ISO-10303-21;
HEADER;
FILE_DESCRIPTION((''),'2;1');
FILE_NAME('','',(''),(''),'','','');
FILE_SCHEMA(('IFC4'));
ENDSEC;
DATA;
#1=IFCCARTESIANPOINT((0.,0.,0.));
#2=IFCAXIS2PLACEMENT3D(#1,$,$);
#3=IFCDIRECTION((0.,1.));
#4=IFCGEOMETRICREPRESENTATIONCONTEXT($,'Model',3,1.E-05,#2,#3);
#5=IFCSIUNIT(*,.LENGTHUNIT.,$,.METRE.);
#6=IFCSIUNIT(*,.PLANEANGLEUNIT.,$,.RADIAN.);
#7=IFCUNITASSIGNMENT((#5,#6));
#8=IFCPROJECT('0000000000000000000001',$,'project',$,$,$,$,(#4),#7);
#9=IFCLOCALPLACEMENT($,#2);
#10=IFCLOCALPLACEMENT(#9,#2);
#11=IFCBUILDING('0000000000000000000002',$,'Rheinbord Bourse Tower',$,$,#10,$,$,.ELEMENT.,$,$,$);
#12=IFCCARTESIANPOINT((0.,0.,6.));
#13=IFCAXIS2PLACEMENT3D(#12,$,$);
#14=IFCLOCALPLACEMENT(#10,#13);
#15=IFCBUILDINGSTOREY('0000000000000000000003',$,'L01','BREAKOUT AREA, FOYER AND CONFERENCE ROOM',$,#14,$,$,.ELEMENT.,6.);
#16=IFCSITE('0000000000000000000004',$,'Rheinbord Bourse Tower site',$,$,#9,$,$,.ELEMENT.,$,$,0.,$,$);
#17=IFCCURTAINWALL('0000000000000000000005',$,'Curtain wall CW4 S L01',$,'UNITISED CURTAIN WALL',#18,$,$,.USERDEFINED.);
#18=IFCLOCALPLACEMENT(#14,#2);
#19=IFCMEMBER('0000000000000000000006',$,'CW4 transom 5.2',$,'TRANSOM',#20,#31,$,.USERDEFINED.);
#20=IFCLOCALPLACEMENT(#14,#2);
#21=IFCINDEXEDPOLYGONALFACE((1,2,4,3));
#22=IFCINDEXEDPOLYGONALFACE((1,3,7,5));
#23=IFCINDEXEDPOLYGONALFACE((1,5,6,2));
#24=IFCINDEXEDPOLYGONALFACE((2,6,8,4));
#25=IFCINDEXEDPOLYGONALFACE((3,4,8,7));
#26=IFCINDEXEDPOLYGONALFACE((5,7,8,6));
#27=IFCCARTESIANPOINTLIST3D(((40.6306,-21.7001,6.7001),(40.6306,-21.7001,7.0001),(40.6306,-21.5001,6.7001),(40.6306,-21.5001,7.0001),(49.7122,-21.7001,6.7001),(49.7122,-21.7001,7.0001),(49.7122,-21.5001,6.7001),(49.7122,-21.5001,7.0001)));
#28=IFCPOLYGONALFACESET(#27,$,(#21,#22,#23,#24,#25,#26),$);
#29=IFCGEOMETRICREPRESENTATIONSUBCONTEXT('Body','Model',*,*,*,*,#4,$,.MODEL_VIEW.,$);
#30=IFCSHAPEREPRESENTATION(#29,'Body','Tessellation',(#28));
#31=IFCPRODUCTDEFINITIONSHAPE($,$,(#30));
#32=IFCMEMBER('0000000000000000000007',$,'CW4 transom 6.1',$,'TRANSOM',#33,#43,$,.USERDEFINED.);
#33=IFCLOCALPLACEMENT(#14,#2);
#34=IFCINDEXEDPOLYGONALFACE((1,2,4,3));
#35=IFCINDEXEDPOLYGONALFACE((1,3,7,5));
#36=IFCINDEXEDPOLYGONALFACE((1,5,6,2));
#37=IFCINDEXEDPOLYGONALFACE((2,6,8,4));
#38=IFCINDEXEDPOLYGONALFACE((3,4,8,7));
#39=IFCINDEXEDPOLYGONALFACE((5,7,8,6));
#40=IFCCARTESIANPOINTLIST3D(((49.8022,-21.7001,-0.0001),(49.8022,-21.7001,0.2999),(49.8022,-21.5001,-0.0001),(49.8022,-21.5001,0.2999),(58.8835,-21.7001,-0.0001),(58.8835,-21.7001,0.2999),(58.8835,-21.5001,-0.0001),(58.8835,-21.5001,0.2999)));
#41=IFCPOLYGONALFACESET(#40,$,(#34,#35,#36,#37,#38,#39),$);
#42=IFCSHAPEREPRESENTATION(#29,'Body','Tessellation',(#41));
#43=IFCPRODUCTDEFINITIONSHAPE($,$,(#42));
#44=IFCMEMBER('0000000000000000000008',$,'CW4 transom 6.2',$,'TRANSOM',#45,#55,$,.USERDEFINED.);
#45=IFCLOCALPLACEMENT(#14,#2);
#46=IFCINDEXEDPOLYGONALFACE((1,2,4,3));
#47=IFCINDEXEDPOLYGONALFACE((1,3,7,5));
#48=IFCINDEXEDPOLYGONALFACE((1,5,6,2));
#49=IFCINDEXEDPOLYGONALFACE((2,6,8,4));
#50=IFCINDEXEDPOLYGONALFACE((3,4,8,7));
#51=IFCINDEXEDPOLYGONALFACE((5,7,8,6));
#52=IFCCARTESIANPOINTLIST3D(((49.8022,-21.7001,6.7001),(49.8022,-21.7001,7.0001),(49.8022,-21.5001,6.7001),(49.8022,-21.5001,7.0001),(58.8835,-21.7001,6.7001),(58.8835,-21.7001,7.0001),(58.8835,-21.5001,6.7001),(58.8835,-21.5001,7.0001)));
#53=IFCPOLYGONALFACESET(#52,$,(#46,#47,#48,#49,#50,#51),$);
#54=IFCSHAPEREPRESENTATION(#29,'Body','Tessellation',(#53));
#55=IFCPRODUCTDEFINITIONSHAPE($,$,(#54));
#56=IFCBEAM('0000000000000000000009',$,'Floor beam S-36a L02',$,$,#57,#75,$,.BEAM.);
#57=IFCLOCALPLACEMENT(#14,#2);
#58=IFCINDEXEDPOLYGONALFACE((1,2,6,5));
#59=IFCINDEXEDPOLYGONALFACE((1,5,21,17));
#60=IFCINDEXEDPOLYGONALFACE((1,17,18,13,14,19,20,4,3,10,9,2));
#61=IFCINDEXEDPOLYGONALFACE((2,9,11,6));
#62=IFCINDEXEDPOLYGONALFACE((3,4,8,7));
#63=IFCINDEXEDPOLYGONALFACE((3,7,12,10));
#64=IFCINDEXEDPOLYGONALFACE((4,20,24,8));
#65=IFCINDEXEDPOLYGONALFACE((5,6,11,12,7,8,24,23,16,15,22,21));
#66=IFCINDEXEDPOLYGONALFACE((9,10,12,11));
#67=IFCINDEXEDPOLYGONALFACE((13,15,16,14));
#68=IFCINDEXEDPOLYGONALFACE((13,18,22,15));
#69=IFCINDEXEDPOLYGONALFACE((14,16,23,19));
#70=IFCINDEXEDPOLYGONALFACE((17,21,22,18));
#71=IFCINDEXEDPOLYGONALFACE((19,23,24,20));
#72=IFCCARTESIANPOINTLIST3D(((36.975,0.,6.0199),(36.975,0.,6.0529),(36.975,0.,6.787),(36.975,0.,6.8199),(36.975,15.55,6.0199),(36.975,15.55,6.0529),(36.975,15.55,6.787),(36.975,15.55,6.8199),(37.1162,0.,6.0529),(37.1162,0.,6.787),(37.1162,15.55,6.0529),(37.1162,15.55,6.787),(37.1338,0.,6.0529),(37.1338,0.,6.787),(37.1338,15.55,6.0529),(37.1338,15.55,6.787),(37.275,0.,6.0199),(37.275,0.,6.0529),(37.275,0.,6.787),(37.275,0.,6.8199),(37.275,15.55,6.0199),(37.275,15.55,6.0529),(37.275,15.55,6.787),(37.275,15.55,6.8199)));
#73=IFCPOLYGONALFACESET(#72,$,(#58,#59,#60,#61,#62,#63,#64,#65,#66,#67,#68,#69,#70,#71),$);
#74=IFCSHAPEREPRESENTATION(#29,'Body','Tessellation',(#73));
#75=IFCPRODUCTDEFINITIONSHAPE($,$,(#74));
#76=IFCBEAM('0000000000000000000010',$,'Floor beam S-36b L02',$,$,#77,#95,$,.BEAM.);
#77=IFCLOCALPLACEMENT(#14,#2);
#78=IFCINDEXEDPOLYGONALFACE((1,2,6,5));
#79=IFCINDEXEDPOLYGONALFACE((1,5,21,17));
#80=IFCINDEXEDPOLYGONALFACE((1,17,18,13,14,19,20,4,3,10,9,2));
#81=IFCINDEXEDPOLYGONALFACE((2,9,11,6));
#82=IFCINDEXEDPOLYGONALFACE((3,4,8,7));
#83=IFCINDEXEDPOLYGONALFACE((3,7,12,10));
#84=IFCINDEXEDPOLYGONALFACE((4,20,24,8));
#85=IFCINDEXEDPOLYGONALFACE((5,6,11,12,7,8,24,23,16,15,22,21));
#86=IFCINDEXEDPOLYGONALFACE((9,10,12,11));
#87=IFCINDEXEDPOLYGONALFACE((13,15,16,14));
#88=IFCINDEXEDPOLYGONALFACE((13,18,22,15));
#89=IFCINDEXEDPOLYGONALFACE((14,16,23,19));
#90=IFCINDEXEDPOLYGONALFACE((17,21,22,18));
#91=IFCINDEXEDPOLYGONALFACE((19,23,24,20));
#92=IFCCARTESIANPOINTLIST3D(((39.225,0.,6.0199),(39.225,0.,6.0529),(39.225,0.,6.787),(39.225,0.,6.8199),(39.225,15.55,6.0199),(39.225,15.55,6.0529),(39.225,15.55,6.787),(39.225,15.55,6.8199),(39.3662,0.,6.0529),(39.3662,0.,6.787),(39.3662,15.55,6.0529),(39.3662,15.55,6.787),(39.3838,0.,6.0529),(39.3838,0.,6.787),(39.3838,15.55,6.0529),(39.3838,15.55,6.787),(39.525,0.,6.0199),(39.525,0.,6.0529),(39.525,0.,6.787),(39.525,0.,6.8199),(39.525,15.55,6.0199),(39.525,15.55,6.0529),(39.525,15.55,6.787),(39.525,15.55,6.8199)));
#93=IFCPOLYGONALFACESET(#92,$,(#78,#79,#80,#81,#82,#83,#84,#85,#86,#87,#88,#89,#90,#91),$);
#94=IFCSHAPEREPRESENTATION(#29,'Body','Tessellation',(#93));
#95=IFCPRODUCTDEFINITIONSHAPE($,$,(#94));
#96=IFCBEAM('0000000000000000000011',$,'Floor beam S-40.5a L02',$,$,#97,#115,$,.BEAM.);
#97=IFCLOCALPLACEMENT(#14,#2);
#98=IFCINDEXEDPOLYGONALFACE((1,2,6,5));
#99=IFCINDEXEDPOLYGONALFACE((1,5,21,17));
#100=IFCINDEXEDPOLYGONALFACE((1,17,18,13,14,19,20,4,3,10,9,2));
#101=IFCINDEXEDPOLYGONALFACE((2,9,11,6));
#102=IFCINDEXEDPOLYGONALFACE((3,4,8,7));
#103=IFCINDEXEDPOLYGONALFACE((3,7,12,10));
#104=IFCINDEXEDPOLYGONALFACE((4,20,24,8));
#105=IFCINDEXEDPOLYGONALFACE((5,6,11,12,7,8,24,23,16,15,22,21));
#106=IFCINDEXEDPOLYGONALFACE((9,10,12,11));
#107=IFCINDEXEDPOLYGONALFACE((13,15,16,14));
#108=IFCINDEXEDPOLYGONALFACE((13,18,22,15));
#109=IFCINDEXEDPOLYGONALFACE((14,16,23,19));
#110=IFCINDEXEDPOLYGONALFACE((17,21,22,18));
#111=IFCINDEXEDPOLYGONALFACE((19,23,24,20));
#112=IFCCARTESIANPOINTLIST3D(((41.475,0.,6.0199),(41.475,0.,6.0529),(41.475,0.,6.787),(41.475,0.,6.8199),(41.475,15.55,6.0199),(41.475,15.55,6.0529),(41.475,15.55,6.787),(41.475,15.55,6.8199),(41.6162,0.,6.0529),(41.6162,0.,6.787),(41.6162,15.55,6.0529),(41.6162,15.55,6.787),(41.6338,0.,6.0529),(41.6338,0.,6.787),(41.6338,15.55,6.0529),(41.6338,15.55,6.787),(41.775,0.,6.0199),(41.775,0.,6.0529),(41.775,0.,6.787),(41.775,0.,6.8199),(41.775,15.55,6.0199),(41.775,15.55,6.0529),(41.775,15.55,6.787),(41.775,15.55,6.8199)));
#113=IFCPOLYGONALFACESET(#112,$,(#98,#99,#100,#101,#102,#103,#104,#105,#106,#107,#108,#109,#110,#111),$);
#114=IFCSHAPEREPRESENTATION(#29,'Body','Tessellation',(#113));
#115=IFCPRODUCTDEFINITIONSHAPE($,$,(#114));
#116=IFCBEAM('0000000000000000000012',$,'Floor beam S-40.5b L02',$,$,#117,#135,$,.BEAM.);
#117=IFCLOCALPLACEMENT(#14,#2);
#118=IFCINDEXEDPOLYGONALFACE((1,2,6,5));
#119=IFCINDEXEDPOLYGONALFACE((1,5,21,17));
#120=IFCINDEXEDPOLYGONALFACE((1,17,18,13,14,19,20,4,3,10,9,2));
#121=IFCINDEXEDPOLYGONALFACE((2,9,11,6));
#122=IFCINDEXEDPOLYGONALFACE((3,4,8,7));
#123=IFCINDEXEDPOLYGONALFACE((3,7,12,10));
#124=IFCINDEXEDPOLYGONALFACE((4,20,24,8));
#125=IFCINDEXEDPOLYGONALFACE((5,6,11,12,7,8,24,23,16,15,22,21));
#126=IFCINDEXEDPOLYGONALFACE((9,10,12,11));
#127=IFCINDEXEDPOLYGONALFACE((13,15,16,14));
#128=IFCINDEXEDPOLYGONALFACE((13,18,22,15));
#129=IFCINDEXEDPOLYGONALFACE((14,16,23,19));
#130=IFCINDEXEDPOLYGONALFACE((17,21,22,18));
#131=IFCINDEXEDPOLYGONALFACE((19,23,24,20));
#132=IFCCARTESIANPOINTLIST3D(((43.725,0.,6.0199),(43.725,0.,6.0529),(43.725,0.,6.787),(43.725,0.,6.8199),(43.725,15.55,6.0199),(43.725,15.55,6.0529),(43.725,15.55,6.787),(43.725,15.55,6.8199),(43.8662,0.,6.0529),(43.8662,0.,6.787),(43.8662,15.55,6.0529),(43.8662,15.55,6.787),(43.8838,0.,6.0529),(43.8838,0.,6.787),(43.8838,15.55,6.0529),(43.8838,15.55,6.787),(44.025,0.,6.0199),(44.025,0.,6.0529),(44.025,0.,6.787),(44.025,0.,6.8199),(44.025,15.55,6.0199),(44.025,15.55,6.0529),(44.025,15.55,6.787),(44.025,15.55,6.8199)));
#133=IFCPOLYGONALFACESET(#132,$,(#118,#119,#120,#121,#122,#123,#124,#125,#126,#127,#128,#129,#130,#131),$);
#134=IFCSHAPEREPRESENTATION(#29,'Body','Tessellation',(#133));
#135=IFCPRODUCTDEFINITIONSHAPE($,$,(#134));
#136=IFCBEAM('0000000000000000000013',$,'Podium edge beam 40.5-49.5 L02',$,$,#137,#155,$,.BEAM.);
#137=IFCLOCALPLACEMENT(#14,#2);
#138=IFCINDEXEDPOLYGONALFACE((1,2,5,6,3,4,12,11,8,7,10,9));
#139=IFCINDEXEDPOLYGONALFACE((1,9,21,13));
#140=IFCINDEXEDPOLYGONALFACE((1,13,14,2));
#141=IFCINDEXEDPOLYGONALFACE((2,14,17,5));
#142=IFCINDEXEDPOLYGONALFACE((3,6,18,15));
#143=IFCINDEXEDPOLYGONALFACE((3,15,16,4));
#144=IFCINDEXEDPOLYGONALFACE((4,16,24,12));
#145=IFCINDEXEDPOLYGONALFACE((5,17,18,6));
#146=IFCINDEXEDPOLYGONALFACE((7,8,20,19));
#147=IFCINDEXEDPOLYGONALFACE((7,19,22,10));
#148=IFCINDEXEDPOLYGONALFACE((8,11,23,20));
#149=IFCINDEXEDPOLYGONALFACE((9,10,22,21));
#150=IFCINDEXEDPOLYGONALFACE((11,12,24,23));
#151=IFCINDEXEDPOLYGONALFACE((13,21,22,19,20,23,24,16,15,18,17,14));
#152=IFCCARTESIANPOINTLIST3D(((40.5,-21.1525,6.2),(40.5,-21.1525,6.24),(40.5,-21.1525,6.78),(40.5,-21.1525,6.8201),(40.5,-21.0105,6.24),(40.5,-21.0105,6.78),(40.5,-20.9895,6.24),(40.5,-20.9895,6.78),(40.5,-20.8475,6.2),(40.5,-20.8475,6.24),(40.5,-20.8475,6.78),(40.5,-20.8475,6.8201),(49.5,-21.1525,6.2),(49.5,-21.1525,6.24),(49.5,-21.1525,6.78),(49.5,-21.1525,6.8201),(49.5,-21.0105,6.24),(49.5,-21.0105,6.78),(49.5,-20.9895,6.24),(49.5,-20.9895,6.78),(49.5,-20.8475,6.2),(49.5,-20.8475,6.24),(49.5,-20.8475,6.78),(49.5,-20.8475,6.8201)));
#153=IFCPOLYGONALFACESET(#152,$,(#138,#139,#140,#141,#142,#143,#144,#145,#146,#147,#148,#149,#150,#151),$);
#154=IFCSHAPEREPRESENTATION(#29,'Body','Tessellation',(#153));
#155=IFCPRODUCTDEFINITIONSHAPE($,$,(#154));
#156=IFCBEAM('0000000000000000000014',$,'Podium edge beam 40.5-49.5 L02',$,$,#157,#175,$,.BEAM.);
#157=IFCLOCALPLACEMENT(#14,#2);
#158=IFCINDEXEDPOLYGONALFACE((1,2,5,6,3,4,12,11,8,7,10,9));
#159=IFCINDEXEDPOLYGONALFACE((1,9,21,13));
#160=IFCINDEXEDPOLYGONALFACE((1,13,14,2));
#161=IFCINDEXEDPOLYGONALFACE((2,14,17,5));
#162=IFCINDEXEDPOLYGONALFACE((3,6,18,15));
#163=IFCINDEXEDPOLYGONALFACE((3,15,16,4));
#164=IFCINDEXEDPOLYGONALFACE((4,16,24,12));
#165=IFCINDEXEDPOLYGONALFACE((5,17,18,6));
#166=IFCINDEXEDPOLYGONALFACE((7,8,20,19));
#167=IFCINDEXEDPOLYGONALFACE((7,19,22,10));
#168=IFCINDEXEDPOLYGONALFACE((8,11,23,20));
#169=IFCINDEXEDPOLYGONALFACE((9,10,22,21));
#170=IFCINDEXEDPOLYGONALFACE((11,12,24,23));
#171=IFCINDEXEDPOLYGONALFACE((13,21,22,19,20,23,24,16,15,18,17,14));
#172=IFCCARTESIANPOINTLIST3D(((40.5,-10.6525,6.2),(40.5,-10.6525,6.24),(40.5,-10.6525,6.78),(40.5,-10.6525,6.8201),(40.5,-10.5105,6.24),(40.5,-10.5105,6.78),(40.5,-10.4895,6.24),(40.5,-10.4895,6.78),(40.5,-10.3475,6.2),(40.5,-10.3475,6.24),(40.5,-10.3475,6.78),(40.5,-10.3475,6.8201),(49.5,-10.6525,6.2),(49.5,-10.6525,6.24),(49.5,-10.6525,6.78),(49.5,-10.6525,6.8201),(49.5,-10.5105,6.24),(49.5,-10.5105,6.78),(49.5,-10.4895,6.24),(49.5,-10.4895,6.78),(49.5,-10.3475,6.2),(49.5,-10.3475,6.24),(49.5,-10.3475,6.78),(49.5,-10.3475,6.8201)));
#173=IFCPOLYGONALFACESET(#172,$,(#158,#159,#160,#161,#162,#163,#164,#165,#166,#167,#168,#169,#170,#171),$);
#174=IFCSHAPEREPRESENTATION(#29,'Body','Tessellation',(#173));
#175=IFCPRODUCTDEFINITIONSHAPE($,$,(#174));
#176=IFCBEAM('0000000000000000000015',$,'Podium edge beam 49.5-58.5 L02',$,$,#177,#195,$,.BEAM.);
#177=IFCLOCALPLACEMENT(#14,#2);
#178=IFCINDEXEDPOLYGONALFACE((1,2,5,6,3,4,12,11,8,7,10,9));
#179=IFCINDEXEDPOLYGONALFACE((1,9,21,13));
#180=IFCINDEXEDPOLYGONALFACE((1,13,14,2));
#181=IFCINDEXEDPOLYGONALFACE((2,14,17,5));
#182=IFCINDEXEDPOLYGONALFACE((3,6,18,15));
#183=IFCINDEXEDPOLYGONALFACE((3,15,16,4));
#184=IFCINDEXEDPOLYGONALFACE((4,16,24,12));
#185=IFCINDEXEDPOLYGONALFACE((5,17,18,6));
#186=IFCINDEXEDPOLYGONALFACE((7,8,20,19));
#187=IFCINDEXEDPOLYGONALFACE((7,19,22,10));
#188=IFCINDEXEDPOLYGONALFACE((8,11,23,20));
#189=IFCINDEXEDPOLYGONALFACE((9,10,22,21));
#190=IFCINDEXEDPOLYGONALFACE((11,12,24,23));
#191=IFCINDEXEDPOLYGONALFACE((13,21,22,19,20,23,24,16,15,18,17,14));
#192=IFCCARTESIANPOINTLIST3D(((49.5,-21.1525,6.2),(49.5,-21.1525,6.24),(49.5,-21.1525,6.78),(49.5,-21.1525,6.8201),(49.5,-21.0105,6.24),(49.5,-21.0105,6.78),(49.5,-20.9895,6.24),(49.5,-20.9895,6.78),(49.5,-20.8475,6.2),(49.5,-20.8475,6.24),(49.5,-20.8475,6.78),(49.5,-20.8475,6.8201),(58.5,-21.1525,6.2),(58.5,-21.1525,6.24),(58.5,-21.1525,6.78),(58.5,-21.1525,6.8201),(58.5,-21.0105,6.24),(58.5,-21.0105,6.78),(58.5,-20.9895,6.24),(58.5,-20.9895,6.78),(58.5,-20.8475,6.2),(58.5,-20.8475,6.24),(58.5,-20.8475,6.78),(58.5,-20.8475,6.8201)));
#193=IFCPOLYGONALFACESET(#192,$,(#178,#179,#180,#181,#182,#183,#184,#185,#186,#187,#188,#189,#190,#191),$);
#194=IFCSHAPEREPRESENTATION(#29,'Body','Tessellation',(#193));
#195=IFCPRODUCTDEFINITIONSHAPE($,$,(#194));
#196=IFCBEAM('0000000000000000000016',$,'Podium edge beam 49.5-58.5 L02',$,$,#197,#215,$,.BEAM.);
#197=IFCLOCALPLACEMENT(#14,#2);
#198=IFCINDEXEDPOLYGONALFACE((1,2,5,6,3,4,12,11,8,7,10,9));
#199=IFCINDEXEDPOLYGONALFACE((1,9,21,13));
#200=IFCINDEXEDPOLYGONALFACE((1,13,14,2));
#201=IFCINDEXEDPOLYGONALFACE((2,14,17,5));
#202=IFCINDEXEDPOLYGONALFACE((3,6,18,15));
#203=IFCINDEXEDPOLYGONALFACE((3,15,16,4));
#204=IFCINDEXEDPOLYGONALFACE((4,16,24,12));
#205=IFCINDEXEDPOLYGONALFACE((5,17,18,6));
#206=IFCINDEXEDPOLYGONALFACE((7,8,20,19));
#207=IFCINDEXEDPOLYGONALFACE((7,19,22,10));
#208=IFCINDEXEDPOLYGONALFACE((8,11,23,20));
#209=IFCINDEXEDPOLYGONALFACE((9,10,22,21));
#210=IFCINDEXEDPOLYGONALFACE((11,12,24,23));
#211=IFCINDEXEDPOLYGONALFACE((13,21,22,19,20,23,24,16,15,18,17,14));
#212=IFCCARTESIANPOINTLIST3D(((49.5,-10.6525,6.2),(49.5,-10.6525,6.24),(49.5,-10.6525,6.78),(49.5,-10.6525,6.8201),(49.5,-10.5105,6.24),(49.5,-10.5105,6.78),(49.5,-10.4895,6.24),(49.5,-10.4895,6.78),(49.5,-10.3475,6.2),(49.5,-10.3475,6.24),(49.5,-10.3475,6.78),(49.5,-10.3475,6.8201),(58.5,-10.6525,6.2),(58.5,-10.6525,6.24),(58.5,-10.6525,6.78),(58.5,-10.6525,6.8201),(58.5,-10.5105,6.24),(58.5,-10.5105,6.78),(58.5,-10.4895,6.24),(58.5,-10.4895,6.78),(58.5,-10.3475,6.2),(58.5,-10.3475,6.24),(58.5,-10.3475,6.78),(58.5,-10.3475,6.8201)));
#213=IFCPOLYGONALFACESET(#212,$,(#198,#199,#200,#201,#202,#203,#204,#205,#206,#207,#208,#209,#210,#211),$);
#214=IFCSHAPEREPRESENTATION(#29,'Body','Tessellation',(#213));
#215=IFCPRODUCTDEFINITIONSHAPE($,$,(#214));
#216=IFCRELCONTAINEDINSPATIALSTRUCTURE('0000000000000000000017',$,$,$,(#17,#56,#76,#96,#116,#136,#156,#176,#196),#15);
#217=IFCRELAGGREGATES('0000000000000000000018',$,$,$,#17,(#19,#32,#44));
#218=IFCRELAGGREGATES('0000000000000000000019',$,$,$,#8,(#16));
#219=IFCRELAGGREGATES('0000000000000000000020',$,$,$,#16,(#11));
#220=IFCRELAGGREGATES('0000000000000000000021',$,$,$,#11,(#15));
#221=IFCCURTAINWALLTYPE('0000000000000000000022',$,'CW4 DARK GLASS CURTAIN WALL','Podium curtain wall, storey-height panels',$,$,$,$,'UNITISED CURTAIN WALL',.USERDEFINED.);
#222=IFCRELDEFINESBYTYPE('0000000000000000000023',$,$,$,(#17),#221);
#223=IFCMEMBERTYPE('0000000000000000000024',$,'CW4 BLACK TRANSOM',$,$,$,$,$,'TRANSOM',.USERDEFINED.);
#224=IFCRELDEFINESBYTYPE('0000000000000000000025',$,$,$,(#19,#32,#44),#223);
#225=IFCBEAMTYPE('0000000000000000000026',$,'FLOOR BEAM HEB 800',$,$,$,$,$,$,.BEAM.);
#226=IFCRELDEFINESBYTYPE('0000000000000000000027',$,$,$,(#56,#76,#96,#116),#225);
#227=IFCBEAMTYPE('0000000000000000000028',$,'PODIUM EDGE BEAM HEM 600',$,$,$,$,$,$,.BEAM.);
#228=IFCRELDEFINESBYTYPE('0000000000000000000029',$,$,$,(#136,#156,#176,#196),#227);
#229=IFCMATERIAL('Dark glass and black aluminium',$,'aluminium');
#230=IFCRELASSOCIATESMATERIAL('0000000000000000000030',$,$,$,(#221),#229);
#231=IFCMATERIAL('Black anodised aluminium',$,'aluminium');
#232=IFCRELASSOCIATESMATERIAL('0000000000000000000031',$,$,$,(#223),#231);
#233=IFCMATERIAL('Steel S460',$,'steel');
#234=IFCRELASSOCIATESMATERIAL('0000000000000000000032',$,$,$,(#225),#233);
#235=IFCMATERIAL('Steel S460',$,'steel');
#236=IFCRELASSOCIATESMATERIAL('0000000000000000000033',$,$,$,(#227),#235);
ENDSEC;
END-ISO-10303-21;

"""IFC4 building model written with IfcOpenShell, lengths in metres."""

from ifc_helpers import new_model, si_unit, direction, frame, origin, origin_2d, place, context, subcontext, project, spatial, rectangle, i_section, extrude, material, material_profile, profile_set, type_object, element, aggregate, save


model = new_model("IFC4")

# Units and contexts
model_context = context("Model", 3, precision=1e-05, world=origin(), true_north=direction((0.0, 1.0)))
body_context = subcontext(model_context, "Body", "Model", "MODEL_VIEW")
ifc_project = project(units=[si_unit("LENGTHUNIT", "METRE"), si_unit("PLANEANGLEUNIT", "RADIAN")], contexts=[model_context])

# Site, building, storey
site_placement = place(None, origin())
site = spatial("IfcSite", under=ifc_project, at=site_placement, Name="Rheinbord Bourse Tower site", CompositionType="ELEMENT", RefElevation=0.0)
building_placement = place(site_placement, origin())
building = spatial("IfcBuilding", under=site, at=building_placement, Name="Rheinbord Bourse Tower", CompositionType="ELEMENT")
storey_placement = place(building_placement, frame((0.0, 0.0, 6.0)))
storey = spatial("IfcBuildingStorey", under=building, at=storey_placement, Name="L01", Description="BREAKOUT AREA, FOYER AND CONFERENCE ROOM", CompositionType="ELEMENT", Elevation=6.0)

# Curtain wall, members
ifc_material_1 = material(Name="Dark glass and black aluminium", Category="aluminium")
curtain_wall_type = type_object("IfcCurtainWallType", Name="CW4 DARK GLASS CURTAIN WALL", Description="Podium curtain wall, storey-height panels", ElementType="UNITISED CURTAIN WALL", PredefinedType="USERDEFINED", material=ifc_material_1)
curtain_wall_placement = place(storey_placement, origin())
curtain_wall = element("IfcCurtainWall", 1, at=curtain_wall_placement, inside=storey, type_object=curtain_wall_type, Name="Curtain wall CW4 S L01", ObjectType="UNITISED CURTAIN WALL", PredefinedType="USERDEFINED")
ifc_material_2 = material(Name="Black anodised aluminium", Category="aluminium")
ifc_material_profile_1 = material_profile(ifc_material_2, rectangle(XDim=0.2, YDim=0.3, at=origin_2d()), Name="CW4 TRANSOM 300x200")
ifc_profile_set_1 = profile_set([ifc_material_profile_1], Name="Black anodised aluminium")
member_type_1 = type_object("IfcMemberType", Name="CW4 BLACK TRANSOM", ElementType="TRANSOM", PredefinedType="USERDEFINED", material=ifc_profile_set_1)
member_1_placement = place(storey_placement, frame((40.6306, -21.6001, 6.8501), z_axis=(1.0, 0.0, 0.0), x_axis=(0.0, 1.0, 0.0)))
member_1 = element("IfcMember", 2, at=member_1_placement, type_object=member_type_1, Name="CW4 transom 5.2", ObjectType="TRANSOM", PredefinedType="USERDEFINED", context=body_context, shape_type="SweptSolid", body=[
    extrude(rectangle(XDim=0.2, YDim=0.3, at=origin_2d()), origin(), (0.0, 0.0, 1.0), 9.0815),
])
member_2_placement = place(storey_placement, frame((49.8022, -21.6001, 0.1499), z_axis=(1.0, 0.0, 0.0), x_axis=(0.0, 1.0, 0.0)))
member_2 = element("IfcMember", 3, at=member_2_placement, type_object=member_type_1, Name="CW4 transom 6.1", ObjectType="TRANSOM", PredefinedType="USERDEFINED", context=body_context, shape_type="SweptSolid", body=[
    extrude(rectangle(XDim=0.2, YDim=0.3, at=origin_2d()), origin(), (0.0, 0.0, 1.0), 9.0813),
])
member_3_placement = place(storey_placement, frame((49.8022, -21.6001, 6.8501), z_axis=(1.0, 0.0, 0.0), x_axis=(0.0, 1.0, 0.0)))
member_3 = element("IfcMember", 4, at=member_3_placement, type_object=member_type_1, Name="CW4 transom 6.2", ObjectType="TRANSOM", PredefinedType="USERDEFINED", context=body_context, shape_type="SweptSolid", body=[
    extrude(rectangle(XDim=0.2, YDim=0.3, at=origin_2d()), origin(), (0.0, 0.0, 1.0), 9.0813),
])

# Beams
ifc_material_3 = material(Name="Steel S460", Category="steel")
ifc_material_profile_2 = material_profile(ifc_material_3, i_section(OverallWidth=0.3, OverallDepth=0.8, WebThickness=0.0176, FlangeThickness=0.033, at=origin_2d()), Name="HEB 800")
ifc_profile_set_2 = profile_set([ifc_material_profile_2], Name="Steel S460")
beam_type_1 = type_object("IfcBeamType", Name="FLOOR BEAM HEB 800", PredefinedType="BEAM", material=ifc_profile_set_2)
for number, where, z_axis, x_axis, name in (
    (5, (37.125, 0.0, 6.4199), (0.0, 1.0, 0.0), (-1.0, 0.0, 0.0), "Floor beam S-36a L02"),
    (6, (39.375, 0.0, 6.4199), (0.0, 1.0, 0.0), (-1.0, 0.0, 0.0), "Floor beam S-36b L02"),
    (7, (41.625, 0.0, 6.4199), (0.0, 1.0, 0.0), (-1.0, 0.0, 0.0), "Floor beam S-40.5a L02"),
    (8, (43.875, 0.0, 6.4199), (0.0, 1.0, 0.0), (-1.0, 0.0, 0.0), "Floor beam S-40.5b L02"),
):
    element("IfcBeam", number, at=place(storey_placement, frame(where, z_axis=z_axis, x_axis=x_axis)), inside=storey, type_object=beam_type_1, Name=name, PredefinedType="BEAM", context=body_context, shape_type="SweptSolid", body=[
        extrude(i_section(OverallWidth=0.3, OverallDepth=0.8, WebThickness=0.0176, FlangeThickness=0.033, at=origin_2d()), origin(), (0.0, 0.0, 1.0), 15.55),
    ])
ifc_material_4 = material(Name="Steel S460", Category="steel")
ifc_material_profile_3 = material_profile(ifc_material_4, i_section(OverallWidth=0.3049, OverallDepth=0.6201, WebThickness=0.021, FlangeThickness=0.04, at=origin_2d()), Name="HEM 600")
ifc_profile_set_3 = profile_set([ifc_material_profile_3], Name="Steel S460")
beam_type_2 = type_object("IfcBeamType", Name="PODIUM EDGE BEAM HEM 600", PredefinedType="BEAM", material=ifc_profile_set_3)
for number, where, z_axis, x_axis, name in (
    (9, (40.5, -21.0, 6.51), (1.0, 0.0, 0.0), (0.0, 1.0, 0.0), "Podium edge beam 40.5-49.5 L02"),
    (10, (40.5, -10.5, 6.51), (1.0, 0.0, 0.0), (0.0, 1.0, 0.0), "Podium edge beam 40.5-49.5 L02"),
    (11, (49.5, -21.0, 6.51), (1.0, 0.0, 0.0), (0.0, 1.0, 0.0), "Podium edge beam 49.5-58.5 L02"),
    (12, (49.5, -10.5, 6.51), (1.0, 0.0, 0.0), (0.0, 1.0, 0.0), "Podium edge beam 49.5-58.5 L02"),
):
    element("IfcBeam", number, at=place(storey_placement, frame(where, z_axis=z_axis, x_axis=x_axis)), inside=storey, type_object=beam_type_2, Name=name, PredefinedType="BEAM", context=body_context, shape_type="SweptSolid", body=[
        extrude(i_section(OverallWidth=0.3049, OverallDepth=0.6201, WebThickness=0.021, FlangeThickness=0.04, at=origin_2d()), origin(), (0.0, 0.0, 1.0), 9.0),
    ])

aggregate(curtain_wall, [member_1, member_2, member_3])

save(model, "model.ifc")
